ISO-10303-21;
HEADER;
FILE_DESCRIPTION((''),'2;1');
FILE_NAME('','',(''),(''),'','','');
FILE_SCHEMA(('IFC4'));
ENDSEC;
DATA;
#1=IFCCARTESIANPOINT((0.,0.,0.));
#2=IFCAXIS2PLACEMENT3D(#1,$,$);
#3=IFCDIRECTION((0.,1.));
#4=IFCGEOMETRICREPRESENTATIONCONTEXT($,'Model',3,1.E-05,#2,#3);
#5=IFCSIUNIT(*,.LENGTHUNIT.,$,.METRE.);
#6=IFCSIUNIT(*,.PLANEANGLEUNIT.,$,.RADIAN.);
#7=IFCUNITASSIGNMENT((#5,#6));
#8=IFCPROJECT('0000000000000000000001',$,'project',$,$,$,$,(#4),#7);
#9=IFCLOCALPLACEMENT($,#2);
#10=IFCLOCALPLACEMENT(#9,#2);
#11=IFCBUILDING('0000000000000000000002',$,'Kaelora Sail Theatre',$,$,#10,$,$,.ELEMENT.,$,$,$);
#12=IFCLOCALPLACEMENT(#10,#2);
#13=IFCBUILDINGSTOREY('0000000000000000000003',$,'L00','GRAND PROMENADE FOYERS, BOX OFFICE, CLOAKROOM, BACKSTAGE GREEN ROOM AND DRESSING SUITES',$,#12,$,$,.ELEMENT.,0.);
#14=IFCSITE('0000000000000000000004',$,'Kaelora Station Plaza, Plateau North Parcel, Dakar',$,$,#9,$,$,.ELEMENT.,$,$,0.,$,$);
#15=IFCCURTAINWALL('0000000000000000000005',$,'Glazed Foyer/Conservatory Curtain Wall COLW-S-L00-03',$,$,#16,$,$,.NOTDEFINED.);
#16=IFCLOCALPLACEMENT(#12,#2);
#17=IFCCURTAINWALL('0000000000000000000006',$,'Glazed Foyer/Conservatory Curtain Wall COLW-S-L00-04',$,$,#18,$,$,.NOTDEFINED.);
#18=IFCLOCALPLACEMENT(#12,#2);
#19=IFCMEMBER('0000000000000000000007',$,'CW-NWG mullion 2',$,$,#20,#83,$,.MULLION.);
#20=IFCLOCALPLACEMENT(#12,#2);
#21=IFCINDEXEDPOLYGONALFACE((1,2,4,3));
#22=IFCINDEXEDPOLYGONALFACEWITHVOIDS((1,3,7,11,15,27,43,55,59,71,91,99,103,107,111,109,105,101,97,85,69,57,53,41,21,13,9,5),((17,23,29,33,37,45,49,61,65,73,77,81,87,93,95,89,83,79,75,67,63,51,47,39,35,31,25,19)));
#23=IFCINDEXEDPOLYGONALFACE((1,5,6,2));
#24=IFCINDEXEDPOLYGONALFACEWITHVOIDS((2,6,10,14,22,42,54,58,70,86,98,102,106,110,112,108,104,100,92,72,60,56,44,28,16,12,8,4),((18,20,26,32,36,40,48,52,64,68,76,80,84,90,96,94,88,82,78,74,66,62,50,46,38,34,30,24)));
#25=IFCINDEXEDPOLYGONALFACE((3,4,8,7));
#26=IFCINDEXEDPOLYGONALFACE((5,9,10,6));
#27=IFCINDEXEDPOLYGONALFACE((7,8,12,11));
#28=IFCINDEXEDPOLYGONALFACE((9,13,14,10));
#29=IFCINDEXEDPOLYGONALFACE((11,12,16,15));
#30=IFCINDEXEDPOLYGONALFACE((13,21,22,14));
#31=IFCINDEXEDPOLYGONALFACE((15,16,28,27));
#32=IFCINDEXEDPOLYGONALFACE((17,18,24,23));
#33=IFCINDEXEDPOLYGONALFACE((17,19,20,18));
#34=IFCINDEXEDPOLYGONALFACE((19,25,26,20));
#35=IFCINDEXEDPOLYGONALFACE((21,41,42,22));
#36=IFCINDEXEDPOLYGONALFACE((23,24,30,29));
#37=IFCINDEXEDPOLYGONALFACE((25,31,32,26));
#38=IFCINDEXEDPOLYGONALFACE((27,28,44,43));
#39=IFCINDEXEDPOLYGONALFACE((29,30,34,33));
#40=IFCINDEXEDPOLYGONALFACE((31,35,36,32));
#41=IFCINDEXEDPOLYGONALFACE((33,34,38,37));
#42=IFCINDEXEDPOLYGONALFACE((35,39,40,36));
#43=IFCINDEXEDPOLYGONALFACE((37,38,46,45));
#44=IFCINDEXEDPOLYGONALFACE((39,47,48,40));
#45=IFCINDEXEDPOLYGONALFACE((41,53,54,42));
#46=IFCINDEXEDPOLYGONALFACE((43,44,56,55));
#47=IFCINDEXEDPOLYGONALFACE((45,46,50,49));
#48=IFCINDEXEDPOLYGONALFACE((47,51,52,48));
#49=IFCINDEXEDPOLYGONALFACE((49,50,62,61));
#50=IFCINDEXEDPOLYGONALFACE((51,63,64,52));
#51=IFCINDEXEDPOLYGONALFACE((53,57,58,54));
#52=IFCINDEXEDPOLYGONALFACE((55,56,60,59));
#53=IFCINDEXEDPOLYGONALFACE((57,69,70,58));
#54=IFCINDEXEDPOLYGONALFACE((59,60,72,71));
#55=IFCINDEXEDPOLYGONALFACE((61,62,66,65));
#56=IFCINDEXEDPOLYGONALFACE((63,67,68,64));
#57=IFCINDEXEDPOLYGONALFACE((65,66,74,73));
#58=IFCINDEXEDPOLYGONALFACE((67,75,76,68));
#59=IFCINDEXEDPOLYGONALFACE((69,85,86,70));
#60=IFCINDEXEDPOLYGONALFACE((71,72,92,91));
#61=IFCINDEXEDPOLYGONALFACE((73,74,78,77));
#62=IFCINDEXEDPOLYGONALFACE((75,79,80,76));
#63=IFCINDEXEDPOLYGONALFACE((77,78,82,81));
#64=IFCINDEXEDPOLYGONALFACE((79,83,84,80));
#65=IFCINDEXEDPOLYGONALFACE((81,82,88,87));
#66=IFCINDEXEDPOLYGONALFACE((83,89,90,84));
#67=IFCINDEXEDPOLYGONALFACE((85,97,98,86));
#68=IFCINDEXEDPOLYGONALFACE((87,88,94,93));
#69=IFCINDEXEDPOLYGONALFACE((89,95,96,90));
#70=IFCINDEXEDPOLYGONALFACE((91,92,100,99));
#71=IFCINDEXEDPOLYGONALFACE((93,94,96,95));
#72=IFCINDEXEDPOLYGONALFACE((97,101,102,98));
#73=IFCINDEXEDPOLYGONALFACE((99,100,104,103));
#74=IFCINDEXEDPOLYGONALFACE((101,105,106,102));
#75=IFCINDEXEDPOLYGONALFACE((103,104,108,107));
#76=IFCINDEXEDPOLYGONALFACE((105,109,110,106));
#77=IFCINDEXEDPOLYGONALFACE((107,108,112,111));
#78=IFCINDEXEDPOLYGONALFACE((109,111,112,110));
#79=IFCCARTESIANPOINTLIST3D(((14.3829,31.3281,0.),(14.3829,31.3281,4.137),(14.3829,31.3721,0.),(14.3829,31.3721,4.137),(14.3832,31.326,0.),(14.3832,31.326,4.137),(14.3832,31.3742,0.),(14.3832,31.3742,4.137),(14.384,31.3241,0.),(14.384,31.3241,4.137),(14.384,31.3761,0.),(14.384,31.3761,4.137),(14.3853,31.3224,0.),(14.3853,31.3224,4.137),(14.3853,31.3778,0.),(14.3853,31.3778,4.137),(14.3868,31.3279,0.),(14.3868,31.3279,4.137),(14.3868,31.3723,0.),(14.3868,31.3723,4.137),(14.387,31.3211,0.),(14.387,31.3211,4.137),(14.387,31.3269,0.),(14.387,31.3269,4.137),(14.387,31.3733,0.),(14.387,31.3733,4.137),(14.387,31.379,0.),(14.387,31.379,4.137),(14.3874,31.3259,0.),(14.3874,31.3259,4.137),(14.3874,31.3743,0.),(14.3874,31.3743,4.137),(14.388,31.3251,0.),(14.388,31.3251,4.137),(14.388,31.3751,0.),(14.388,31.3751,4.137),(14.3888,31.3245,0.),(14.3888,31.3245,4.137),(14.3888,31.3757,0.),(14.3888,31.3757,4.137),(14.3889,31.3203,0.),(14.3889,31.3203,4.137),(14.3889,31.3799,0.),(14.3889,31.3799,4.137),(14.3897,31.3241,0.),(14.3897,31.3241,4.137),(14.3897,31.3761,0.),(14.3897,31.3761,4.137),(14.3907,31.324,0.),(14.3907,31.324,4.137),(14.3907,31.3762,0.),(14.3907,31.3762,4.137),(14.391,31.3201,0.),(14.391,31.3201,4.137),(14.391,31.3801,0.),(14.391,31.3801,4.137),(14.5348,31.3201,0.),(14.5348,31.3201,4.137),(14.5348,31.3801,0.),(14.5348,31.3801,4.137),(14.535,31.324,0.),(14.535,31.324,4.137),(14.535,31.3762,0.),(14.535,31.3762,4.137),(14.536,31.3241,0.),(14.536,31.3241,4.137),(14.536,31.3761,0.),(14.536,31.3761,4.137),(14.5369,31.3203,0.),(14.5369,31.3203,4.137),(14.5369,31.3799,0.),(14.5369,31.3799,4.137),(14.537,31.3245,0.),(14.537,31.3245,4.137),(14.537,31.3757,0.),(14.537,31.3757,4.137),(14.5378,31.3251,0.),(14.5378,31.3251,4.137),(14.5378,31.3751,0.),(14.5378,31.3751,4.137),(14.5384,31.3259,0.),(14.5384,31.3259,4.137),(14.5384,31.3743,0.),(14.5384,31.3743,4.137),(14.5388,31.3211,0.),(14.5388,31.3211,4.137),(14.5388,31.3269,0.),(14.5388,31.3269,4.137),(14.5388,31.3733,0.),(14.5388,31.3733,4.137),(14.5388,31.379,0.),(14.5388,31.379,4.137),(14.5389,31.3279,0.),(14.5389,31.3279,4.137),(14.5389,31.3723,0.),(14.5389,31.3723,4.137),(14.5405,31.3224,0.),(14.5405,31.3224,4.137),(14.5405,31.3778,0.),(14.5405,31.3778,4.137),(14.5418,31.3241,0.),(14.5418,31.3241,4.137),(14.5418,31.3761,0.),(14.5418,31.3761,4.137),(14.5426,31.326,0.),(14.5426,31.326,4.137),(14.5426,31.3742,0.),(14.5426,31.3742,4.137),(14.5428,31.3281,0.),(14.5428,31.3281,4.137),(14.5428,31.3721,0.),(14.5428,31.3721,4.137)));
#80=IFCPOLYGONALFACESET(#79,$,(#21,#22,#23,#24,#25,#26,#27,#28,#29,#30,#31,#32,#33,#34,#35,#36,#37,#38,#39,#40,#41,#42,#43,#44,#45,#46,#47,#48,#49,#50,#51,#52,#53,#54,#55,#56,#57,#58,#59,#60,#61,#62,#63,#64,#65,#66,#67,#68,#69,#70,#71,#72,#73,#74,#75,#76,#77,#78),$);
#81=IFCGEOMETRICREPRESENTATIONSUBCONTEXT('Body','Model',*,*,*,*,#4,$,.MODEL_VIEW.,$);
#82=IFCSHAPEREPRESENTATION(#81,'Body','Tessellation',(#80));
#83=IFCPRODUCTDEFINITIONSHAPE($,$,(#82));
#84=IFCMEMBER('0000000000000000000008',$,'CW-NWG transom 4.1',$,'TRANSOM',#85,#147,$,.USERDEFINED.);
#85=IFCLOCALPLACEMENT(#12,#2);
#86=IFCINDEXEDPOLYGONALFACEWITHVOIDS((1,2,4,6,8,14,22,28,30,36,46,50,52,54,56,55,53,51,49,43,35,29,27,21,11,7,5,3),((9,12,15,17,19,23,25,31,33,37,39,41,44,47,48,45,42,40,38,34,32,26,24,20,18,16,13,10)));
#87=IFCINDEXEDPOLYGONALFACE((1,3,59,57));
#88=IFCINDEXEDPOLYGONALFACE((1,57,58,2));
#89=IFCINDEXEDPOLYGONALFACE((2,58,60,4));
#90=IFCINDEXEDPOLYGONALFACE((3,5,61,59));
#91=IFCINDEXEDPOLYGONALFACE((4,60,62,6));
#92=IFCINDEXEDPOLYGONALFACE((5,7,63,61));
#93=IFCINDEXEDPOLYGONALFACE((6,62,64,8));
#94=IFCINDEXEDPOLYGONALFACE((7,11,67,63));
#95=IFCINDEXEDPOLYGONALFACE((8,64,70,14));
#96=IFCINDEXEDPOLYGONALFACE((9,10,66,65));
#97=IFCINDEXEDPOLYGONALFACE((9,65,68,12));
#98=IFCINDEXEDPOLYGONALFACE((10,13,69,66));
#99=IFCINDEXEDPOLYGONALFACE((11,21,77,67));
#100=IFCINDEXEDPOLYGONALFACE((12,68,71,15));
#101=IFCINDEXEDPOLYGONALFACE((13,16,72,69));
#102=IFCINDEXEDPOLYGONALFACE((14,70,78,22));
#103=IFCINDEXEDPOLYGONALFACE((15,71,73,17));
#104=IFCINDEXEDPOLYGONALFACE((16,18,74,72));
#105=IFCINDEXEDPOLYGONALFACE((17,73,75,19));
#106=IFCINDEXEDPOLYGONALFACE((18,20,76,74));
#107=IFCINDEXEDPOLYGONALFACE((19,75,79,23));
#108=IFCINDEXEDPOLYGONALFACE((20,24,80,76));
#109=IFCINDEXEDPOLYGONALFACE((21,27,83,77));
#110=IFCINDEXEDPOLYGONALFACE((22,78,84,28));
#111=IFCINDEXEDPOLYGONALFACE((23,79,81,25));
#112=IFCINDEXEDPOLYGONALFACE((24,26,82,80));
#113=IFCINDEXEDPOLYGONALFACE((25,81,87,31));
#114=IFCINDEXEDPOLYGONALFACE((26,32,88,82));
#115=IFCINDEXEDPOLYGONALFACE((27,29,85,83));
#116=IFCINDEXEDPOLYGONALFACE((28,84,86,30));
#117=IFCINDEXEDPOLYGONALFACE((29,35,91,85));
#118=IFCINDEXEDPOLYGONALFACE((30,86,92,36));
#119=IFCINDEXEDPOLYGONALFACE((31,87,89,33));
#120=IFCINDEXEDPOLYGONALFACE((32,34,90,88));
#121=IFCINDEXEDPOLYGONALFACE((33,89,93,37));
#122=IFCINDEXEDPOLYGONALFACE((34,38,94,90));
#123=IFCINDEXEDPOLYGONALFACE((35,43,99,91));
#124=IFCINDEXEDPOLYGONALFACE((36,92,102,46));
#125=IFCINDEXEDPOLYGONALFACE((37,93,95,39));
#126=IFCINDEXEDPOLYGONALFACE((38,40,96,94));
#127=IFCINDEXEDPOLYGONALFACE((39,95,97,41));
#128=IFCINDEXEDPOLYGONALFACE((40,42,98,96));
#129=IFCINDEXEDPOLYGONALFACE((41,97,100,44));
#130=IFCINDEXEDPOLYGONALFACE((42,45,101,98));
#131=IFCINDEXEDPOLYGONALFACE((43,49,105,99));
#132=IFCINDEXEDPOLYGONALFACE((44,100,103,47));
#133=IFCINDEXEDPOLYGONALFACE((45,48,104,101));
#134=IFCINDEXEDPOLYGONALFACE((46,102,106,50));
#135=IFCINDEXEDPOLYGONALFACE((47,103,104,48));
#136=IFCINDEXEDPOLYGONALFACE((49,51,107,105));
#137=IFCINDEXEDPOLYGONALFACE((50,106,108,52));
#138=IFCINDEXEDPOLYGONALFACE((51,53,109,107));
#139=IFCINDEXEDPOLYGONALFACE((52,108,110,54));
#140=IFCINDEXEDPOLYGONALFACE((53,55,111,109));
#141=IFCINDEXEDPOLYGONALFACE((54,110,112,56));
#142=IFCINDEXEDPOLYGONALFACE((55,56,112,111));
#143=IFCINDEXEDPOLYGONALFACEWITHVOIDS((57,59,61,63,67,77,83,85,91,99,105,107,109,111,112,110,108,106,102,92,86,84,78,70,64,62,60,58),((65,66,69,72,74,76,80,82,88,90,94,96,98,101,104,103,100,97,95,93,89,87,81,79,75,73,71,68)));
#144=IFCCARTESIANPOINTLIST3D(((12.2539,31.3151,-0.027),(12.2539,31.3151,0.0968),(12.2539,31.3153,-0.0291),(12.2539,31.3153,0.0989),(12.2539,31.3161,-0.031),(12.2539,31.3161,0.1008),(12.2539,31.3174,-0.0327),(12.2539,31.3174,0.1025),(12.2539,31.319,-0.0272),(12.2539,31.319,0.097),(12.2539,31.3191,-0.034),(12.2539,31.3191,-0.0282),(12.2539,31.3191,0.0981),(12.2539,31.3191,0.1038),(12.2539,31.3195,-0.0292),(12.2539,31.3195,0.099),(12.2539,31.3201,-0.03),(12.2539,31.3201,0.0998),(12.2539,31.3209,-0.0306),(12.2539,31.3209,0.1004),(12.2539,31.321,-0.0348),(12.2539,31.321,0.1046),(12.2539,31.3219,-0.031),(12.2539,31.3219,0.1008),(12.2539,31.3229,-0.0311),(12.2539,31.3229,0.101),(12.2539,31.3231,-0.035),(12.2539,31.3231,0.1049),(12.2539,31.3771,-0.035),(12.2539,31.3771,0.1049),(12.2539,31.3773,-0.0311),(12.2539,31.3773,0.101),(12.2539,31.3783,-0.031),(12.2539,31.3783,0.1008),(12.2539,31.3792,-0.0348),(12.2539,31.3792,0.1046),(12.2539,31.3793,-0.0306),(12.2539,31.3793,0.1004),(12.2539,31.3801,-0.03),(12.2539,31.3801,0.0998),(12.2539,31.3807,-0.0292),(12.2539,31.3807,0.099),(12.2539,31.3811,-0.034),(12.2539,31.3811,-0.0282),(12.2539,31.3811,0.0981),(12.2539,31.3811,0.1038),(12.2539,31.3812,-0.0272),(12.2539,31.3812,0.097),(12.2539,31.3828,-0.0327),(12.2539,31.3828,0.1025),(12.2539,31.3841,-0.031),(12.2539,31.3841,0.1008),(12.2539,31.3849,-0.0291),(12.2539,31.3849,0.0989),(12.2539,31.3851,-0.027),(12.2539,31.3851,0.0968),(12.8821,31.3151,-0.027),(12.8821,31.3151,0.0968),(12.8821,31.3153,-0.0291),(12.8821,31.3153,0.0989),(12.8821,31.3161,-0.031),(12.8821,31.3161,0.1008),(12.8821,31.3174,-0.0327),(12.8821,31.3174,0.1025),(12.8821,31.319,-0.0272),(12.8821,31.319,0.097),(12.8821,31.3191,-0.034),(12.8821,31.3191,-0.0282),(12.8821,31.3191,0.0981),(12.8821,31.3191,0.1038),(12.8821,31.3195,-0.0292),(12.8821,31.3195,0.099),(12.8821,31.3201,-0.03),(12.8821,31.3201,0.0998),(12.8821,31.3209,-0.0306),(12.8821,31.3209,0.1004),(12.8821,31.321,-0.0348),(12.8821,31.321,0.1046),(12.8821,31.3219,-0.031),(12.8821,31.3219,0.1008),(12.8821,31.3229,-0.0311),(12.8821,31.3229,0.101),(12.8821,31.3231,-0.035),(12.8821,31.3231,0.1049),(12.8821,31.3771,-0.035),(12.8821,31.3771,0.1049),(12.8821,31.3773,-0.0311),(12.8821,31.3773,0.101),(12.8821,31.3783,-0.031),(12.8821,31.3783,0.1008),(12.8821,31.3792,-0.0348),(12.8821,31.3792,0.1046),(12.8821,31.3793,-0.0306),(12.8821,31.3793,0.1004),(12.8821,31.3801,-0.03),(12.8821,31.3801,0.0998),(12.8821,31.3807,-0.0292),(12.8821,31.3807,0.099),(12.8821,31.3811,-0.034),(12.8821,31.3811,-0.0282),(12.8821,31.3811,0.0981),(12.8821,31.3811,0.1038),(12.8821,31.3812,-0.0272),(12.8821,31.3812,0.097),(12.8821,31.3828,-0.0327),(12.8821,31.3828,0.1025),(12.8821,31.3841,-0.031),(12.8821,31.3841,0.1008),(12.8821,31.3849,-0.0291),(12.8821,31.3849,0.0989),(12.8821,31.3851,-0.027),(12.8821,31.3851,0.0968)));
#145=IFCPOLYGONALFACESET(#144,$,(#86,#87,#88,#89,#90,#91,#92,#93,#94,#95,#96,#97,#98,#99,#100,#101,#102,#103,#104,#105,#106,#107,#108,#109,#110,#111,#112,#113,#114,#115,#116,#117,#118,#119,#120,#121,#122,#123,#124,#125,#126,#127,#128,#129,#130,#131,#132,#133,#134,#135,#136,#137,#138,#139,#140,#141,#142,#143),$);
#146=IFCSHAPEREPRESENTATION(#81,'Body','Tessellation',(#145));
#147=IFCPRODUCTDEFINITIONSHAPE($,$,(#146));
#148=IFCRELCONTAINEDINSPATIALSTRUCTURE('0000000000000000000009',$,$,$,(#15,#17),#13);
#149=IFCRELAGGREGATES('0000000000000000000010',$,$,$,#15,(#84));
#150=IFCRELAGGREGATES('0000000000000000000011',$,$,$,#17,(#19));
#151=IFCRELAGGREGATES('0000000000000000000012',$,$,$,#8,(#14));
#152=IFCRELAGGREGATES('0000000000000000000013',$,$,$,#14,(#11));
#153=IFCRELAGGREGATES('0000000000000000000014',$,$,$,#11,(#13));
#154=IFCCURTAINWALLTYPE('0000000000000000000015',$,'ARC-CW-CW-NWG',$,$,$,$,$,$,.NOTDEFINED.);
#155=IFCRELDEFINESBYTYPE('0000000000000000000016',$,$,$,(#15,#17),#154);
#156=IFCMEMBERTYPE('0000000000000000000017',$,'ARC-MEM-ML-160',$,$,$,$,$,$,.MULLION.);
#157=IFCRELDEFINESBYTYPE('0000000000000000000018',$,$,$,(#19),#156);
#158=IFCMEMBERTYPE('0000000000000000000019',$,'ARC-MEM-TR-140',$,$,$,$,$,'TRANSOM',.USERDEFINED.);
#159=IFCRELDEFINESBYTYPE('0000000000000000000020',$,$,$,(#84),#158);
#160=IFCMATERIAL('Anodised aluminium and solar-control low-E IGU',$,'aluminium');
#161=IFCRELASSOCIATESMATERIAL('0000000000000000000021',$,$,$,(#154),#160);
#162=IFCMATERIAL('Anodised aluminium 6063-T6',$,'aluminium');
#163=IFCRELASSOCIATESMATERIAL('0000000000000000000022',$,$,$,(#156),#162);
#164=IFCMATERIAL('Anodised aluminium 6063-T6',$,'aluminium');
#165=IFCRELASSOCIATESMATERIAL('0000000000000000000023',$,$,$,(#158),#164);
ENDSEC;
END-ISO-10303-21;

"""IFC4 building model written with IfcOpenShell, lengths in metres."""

from ifc_helpers import new_model, si_unit, direction, frame, origin, origin_2d, place, context, subcontext, project, spatial, hollow_rectangle, extrude, material, material_profile, profile_set, type_object, element, aggregate, save


model = new_model("IFC4")

# Units and contexts
model_context = context("Model", 3, precision=1e-05, world=origin(), true_north=direction((0.0, 1.0)))
body_context = subcontext(model_context, "Body", "Model", "MODEL_VIEW")
ifc_project = project(units=[si_unit("LENGTHUNIT", "METRE"), si_unit("PLANEANGLEUNIT", "RADIAN")], contexts=[model_context])

# Site, building, storey
site_placement = place(None, origin())
site = spatial("IfcSite", under=ifc_project, at=site_placement, Name="Kaelora Station Plaza, Plateau North Parcel, Dakar", CompositionType="ELEMENT", RefElevation=0.0)
building_placement = place(site_placement, origin())
building = spatial("IfcBuilding", under=site, at=building_placement, Name="Kaelora Sail Theatre", CompositionType="ELEMENT")
storey_placement = place(building_placement, origin())
storey = spatial("IfcBuildingStorey", under=building, at=storey_placement, Name="L00", Description="GRAND PROMENADE FOYERS, BOX OFFICE, CLOAKROOM, BACKSTAGE GREEN ROOM AND DRESSING SUITES", CompositionType="ELEMENT", Elevation=0.0)

# Curtain walls, member
ifc_material_1 = material(Name="Anodised aluminium and solar-control low-E IGU", Category="aluminium")
curtain_wall_type = type_object("IfcCurtainWallType", Name="ARC-CW-CW-NWG", PredefinedType="NOTDEFINED", material=ifc_material_1)
curtain_wall_1_placement = place(storey_placement, origin())
curtain_wall_1 = element("IfcCurtainWall", 1, at=curtain_wall_1_placement, inside=storey, type_object=curtain_wall_type, Name="Glazed Foyer/Conservatory Curtain Wall COLW-S-L00-03", PredefinedType="NOTDEFINED")
ifc_material_2 = material(Name="Anodised aluminium 6063-T6", Category="aluminium")
ifc_material_profile_1 = material_profile(ifc_material_2, hollow_rectangle(XDim=0.0601, YDim=0.1599, WallThickness=0.0039, InnerFilletRadius=0.0039, OuterFilletRadius=0.0081, at=origin_2d()), Name="ALU-MULL 60x160x4")
ifc_profile_set_1 = profile_set([ifc_material_profile_1], Name="Anodised aluminium 6063-T6")
member_type_1 = type_object("IfcMemberType", Name="ARC-MEM-ML-160", PredefinedType="MULLION", material=ifc_profile_set_1)
curtain_wall_2_placement = place(storey_placement, origin())
curtain_wall_2 = element("IfcCurtainWall", 2, at=curtain_wall_2_placement, inside=storey, type_object=curtain_wall_type, Name="Glazed Foyer/Conservatory Curtain Wall COLW-S-L00-04", PredefinedType="NOTDEFINED")
member_1_placement = place(storey_placement, frame((14.4629, 31.3501, 0.0), z_axis=(0.0, 0.0, 1.0), x_axis=(0.0, 1.0, 0.0)))
member_1 = element("IfcMember", 3, at=member_1_placement, type_object=member_type_1, Name="CW-NWG mullion 2", PredefinedType="MULLION", context=body_context, shape_type="SweptSolid", body=[
    extrude(hollow_rectangle(XDim=0.0601, YDim=0.1599, WallThickness=0.0039, InnerFilletRadius=0.0039, OuterFilletRadius=0.0081, at=origin_2d()), origin(), (0.0, 0.0, 1.0), 4.137),
])

# Member
ifc_material_3 = material(Name="Anodised aluminium 6063-T6", Category="aluminium")
ifc_material_profile_2 = material_profile(ifc_material_3, hollow_rectangle(XDim=0.0701, YDim=0.1399, WallThickness=0.0039, InnerFilletRadius=0.0039, OuterFilletRadius=0.0081, at=origin_2d()), Name="ALU-TRAN 70x140x4")
ifc_profile_set_2 = profile_set([ifc_material_profile_2], Name="Anodised aluminium 6063-T6")
member_type_2 = type_object("IfcMemberType", Name="ARC-MEM-TR-140", ElementType="TRANSOM", PredefinedType="USERDEFINED", material=ifc_profile_set_2)
member_2_placement = place(storey_placement, frame((12.2539, 31.3501, 0.0349), z_axis=(1.0, 0.0, 0.0), x_axis=(0.0, 1.0, 0.0)))
member_2 = element("IfcMember", 4, at=member_2_placement, type_object=member_type_2, Name="CW-NWG transom 4.1", ObjectType="TRANSOM", PredefinedType="USERDEFINED", context=body_context, shape_type="SweptSolid", body=[
    extrude(hollow_rectangle(XDim=0.0701, YDim=0.1399, WallThickness=0.0039, InnerFilletRadius=0.0039, OuterFilletRadius=0.0081, at=origin_2d()), origin(), (0.0, 0.0, 1.0), 0.6282),
])

aggregate(curtain_wall_1, [member_2])
aggregate(curtain_wall_2, [member_1])

save(model, "model.ifc")
